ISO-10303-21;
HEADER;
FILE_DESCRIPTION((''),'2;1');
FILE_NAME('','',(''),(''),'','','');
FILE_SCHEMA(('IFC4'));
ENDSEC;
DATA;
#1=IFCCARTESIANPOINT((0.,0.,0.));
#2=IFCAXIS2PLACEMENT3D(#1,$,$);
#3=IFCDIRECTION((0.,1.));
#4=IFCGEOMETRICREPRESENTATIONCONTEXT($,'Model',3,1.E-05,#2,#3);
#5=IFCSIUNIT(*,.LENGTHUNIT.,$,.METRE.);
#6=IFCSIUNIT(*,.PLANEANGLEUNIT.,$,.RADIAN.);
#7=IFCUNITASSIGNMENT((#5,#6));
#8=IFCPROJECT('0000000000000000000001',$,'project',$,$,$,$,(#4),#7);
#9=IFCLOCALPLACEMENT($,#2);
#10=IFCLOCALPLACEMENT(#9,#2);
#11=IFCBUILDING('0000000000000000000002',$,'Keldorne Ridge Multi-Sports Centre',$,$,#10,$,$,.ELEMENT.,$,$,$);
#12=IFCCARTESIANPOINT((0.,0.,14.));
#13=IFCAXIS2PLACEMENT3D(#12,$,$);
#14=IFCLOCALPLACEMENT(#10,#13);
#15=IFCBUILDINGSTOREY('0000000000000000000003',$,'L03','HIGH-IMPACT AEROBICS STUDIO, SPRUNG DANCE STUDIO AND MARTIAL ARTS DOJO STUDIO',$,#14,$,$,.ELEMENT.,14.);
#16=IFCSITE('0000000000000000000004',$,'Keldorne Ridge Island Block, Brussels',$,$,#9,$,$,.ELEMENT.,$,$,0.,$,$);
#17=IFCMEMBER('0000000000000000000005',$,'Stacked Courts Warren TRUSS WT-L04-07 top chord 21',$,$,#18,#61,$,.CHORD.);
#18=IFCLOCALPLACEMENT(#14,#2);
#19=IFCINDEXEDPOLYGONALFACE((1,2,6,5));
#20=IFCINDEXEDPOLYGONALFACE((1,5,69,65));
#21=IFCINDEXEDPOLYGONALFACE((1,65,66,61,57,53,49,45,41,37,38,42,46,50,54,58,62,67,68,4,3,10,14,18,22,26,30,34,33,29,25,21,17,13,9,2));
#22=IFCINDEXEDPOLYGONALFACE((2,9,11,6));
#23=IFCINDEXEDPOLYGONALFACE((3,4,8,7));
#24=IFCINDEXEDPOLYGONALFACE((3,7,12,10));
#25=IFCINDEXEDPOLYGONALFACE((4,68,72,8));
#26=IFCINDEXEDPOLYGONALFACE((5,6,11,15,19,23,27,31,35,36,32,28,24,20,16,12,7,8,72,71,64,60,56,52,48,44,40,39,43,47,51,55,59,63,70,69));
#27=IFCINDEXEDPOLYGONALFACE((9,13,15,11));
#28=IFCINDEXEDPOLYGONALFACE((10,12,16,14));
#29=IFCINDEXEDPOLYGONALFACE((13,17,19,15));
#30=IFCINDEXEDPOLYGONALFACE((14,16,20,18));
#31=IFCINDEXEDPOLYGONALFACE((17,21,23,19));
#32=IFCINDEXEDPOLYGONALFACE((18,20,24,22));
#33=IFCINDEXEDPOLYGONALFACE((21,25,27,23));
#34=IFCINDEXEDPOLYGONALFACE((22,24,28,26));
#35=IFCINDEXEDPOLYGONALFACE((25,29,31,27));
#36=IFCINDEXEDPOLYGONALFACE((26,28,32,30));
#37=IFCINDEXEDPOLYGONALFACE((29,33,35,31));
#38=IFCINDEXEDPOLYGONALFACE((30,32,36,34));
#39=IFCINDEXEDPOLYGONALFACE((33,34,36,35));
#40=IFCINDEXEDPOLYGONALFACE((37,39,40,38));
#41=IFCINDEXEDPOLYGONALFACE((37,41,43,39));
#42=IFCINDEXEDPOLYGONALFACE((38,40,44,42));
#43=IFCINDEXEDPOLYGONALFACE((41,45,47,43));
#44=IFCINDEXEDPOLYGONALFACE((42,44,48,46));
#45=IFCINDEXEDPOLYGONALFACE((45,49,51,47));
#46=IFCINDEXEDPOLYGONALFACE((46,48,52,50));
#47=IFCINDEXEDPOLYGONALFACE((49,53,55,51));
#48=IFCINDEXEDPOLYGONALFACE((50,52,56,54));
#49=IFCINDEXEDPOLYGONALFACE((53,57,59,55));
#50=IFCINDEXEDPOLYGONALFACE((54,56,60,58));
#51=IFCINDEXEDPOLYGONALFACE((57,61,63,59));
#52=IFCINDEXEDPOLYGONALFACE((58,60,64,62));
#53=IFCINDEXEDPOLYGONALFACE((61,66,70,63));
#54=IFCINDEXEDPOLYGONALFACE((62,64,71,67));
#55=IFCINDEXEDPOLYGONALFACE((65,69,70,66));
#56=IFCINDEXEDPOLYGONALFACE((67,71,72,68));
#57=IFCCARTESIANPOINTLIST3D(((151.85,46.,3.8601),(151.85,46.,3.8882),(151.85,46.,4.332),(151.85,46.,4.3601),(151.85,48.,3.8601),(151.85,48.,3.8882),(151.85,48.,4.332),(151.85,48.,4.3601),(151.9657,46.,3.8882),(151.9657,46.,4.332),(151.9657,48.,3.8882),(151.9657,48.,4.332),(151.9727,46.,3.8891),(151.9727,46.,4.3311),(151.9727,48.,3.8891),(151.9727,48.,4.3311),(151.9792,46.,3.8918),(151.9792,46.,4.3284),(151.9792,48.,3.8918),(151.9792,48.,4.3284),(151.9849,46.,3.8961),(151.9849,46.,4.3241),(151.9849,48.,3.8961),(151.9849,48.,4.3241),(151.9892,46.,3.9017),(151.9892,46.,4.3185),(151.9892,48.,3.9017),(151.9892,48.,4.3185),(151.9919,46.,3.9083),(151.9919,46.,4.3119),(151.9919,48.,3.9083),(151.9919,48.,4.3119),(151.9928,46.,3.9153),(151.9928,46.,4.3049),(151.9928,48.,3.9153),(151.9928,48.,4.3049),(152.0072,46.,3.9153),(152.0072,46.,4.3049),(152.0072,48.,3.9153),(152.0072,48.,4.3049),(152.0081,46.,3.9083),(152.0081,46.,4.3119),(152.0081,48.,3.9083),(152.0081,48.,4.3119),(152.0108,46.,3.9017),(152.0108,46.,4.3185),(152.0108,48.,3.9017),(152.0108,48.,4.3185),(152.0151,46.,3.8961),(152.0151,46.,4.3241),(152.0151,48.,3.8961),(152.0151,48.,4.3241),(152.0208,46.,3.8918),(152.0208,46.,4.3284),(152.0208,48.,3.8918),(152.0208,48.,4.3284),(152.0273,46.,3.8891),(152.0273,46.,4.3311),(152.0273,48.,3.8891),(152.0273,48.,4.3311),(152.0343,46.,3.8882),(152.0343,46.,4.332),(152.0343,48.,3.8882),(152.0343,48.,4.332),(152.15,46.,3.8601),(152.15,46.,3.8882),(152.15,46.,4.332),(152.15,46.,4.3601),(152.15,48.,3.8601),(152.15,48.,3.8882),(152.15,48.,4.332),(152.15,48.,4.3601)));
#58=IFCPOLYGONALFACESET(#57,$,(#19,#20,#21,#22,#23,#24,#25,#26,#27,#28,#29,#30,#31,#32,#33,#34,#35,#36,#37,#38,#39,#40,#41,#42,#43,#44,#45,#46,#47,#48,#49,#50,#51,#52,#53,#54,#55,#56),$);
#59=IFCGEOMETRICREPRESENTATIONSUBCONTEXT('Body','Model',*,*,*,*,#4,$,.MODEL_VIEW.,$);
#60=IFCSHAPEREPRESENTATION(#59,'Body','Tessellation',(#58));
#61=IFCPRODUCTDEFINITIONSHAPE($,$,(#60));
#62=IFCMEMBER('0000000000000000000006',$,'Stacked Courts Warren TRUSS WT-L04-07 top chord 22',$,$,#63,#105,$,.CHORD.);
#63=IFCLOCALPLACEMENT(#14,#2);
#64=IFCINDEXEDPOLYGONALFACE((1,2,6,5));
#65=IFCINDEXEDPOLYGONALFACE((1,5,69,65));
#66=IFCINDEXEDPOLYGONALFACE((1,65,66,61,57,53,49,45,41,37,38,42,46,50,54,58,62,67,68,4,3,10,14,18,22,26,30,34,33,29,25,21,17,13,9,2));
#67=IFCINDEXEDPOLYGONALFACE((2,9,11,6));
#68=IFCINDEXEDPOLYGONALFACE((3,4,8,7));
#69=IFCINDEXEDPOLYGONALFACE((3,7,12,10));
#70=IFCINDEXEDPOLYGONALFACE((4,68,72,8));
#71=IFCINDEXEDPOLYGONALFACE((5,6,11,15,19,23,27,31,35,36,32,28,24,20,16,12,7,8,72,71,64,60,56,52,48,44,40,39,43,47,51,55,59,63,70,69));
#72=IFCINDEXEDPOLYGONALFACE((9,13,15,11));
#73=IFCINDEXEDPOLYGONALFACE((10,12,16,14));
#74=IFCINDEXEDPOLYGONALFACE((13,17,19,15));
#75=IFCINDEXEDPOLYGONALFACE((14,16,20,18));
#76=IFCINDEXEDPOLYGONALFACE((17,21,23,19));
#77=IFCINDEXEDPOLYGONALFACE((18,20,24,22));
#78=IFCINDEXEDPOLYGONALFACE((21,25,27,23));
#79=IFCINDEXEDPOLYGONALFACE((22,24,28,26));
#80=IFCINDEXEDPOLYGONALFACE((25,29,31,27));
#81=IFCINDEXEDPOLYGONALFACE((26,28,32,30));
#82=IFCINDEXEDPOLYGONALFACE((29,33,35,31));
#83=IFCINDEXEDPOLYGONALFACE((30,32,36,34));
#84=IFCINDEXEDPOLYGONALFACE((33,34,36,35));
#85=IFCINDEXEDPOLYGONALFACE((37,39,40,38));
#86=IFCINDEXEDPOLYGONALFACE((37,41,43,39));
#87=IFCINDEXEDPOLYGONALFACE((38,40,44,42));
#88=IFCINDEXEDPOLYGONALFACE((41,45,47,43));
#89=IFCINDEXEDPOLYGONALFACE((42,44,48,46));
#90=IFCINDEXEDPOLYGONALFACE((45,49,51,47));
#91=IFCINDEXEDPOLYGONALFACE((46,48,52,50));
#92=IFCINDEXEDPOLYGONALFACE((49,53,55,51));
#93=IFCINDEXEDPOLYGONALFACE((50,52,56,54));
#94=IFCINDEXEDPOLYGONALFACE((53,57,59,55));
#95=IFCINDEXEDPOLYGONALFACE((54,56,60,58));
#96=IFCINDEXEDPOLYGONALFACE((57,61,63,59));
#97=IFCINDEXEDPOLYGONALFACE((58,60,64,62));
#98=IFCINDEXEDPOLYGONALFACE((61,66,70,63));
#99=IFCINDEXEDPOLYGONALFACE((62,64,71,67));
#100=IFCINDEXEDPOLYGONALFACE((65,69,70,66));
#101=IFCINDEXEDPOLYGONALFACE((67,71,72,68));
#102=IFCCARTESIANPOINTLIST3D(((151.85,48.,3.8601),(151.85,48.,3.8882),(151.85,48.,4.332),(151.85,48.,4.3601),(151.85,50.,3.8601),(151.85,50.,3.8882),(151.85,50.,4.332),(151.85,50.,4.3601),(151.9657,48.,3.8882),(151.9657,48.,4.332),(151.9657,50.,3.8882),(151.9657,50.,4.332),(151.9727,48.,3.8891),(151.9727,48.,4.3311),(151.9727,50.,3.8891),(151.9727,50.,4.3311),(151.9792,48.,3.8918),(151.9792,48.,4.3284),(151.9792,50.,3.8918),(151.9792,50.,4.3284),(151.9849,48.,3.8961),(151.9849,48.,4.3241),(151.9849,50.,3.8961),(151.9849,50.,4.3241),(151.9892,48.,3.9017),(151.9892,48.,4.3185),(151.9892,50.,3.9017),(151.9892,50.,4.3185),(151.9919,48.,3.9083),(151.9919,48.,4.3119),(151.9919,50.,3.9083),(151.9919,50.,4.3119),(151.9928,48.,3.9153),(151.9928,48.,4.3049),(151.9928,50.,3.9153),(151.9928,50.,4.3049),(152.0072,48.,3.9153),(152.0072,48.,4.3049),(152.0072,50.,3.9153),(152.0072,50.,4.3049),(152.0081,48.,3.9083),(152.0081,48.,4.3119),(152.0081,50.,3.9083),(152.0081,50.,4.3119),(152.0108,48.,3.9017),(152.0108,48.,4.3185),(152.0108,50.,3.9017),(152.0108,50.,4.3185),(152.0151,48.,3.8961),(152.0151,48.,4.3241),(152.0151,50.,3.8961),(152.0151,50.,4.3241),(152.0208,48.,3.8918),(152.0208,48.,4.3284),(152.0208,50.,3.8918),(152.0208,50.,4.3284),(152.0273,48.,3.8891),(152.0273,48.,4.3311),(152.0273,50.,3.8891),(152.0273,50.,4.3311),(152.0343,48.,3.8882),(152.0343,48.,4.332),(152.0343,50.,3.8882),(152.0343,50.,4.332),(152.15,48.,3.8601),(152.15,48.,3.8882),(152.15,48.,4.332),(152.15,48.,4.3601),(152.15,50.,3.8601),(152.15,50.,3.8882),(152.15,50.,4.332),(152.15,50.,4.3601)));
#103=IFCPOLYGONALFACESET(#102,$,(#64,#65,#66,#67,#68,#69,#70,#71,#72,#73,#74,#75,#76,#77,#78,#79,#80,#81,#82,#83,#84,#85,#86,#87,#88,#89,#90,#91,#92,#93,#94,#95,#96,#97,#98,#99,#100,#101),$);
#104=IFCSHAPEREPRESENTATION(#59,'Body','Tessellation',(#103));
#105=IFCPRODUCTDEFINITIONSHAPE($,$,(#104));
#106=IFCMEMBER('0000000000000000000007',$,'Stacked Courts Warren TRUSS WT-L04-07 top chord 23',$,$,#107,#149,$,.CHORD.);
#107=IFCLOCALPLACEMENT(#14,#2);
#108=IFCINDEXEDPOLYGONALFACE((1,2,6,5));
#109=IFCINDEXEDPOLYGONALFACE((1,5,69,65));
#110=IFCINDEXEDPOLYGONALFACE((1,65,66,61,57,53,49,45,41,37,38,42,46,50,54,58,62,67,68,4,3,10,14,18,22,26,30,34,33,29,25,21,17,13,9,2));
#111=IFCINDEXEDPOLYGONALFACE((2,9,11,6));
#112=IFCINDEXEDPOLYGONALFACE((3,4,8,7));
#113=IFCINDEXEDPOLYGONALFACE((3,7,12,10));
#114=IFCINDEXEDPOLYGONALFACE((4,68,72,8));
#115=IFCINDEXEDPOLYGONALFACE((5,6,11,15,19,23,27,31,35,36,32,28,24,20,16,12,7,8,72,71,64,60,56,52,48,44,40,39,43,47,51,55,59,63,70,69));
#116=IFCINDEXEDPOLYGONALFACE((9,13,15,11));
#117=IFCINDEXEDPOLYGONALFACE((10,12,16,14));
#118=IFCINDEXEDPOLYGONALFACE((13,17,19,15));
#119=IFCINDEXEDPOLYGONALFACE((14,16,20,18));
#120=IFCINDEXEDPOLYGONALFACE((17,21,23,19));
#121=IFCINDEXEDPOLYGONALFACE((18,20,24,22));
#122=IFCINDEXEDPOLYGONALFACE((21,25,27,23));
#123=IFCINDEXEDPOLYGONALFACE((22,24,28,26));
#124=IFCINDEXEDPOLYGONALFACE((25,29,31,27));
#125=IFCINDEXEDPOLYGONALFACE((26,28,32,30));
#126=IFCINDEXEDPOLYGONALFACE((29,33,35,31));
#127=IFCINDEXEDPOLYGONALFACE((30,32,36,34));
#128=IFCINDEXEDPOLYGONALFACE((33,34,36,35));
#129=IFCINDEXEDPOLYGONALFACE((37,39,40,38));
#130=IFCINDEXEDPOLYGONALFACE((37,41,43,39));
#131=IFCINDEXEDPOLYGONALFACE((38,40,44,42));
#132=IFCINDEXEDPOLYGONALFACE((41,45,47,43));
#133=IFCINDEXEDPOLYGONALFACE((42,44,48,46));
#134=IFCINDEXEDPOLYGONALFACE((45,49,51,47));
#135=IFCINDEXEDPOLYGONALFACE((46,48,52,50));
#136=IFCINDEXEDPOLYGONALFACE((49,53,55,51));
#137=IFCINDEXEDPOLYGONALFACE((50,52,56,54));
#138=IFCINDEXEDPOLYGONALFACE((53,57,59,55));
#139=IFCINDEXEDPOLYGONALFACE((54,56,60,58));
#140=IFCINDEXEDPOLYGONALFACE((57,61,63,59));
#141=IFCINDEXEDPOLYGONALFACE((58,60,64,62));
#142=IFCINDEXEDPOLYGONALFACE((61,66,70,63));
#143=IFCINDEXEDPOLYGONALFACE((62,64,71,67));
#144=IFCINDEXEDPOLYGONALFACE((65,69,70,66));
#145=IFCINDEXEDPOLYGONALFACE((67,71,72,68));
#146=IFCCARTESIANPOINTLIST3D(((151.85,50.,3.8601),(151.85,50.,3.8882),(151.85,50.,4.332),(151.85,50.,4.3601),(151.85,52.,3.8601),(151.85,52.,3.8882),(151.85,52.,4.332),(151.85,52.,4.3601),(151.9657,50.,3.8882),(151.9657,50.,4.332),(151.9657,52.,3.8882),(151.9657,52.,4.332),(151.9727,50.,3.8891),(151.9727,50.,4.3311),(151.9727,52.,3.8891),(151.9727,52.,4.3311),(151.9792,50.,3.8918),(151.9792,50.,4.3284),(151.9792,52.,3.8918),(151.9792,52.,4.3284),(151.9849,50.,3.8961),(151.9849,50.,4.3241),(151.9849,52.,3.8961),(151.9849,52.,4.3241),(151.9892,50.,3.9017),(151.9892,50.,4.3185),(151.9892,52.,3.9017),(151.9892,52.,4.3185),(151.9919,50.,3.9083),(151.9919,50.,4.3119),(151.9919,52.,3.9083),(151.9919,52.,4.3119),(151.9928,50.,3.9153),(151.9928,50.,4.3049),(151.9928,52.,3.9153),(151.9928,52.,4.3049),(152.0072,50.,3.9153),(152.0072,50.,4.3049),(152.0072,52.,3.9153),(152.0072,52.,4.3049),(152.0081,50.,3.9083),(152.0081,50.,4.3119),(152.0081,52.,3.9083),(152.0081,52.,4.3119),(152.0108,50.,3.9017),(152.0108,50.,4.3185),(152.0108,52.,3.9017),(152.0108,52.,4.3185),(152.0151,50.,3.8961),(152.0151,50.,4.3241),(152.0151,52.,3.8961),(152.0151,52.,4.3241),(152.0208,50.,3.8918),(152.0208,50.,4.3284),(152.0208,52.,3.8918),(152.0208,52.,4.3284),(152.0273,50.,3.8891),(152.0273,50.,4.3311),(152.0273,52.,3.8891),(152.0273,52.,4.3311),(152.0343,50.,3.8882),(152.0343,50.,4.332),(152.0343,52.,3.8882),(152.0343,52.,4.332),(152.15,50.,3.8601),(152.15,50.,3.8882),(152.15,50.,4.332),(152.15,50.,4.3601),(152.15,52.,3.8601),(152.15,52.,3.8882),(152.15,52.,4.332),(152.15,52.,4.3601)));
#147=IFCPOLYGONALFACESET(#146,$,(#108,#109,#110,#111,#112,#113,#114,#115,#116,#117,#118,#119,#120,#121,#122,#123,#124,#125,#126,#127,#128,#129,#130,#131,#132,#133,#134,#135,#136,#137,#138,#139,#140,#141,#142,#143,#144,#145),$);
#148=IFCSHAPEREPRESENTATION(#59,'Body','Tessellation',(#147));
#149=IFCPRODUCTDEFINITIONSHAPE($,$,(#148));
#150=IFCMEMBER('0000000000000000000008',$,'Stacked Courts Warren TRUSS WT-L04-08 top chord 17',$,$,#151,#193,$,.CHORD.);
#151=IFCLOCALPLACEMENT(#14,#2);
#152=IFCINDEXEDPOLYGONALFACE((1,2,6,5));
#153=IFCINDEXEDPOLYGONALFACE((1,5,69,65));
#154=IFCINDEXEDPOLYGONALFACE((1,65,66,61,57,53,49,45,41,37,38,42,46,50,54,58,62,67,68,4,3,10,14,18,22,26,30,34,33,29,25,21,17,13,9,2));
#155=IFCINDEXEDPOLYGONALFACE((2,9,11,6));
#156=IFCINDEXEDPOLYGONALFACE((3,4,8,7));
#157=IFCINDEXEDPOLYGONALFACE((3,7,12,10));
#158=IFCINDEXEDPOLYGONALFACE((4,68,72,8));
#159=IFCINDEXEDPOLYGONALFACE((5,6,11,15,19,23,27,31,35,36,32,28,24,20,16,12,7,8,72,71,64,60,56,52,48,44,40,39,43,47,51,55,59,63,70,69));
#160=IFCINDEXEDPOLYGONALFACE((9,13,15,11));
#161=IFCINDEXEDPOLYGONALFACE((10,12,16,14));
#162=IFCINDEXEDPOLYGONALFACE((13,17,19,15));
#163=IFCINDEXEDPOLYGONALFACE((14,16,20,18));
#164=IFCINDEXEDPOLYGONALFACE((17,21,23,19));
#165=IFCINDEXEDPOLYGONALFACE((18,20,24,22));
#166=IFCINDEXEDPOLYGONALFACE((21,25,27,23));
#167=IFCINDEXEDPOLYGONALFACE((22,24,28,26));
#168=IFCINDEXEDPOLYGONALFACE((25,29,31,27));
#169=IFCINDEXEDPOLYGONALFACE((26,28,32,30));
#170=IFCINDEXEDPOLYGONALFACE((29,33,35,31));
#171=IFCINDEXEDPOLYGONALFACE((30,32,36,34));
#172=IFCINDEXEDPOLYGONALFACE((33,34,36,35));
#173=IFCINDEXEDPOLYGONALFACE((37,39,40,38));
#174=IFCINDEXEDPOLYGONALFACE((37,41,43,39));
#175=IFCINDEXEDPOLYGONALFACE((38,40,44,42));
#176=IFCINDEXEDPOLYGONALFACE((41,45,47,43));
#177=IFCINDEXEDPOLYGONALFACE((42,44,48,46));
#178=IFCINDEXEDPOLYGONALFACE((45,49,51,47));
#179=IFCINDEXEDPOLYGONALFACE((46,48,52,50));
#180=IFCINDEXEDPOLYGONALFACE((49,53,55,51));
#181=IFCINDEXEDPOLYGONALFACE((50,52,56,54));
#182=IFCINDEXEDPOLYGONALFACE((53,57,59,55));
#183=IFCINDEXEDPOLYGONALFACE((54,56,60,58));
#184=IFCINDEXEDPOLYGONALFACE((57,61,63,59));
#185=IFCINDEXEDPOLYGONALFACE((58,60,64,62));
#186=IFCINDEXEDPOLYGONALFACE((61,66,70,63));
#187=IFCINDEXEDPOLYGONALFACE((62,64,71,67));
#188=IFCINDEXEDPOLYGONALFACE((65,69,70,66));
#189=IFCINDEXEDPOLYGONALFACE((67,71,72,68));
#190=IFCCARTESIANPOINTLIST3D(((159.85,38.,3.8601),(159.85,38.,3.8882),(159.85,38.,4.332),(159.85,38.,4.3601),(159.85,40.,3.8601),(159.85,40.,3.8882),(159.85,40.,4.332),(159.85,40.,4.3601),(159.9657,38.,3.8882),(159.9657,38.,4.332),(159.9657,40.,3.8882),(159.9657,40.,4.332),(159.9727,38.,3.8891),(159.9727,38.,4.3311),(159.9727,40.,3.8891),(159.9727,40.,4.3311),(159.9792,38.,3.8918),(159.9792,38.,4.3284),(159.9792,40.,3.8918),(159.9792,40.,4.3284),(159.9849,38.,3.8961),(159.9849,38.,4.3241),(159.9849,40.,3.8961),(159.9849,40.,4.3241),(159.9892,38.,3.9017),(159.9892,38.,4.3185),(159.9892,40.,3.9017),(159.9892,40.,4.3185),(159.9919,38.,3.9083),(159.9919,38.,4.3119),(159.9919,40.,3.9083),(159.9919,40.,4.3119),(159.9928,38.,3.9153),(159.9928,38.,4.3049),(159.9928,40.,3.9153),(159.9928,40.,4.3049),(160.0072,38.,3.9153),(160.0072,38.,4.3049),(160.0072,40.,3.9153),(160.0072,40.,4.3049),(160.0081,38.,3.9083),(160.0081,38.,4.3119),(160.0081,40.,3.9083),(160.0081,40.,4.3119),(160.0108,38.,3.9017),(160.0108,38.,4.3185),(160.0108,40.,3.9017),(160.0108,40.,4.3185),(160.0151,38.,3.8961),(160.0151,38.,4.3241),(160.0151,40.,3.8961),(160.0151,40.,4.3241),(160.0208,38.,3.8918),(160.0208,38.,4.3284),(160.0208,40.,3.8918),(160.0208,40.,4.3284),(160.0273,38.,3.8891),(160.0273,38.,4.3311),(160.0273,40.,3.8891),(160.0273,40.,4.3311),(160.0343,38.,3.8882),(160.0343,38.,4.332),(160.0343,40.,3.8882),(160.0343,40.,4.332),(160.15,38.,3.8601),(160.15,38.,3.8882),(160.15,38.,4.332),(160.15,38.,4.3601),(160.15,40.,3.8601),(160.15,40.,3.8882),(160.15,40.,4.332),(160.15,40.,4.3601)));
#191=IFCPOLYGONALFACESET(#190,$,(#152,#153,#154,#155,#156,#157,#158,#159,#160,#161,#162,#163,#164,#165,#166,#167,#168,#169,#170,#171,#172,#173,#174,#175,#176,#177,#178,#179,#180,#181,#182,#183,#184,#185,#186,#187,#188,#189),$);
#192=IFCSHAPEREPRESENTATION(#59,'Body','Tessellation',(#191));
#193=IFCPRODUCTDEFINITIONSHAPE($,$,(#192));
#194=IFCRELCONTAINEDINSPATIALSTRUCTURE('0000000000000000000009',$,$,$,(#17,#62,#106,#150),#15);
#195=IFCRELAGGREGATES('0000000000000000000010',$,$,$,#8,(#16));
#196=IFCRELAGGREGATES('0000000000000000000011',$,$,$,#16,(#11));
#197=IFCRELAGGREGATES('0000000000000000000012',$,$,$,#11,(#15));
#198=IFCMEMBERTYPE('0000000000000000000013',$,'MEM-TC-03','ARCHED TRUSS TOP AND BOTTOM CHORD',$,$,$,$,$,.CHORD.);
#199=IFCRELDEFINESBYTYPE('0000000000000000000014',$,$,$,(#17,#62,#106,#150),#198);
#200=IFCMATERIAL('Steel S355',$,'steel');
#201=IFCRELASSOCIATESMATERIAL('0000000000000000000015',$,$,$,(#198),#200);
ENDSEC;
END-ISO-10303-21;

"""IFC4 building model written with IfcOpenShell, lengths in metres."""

from ifc_helpers import new_model, si_unit, direction, frame, origin, origin_2d, place, context, subcontext, project, spatial, i_section, extrude, material, material_profile, profile_set, type_object, element, save


model = new_model("IFC4")

# Units and contexts
model_context = context("Model", 3, precision=1e-05, world=origin(), true_north=direction((0.0, 1.0)))
body_context = subcontext(model_context, "Body", "Model", "MODEL_VIEW")
ifc_project = project(units=[si_unit("LENGTHUNIT", "METRE"), si_unit("PLANEANGLEUNIT", "RADIAN")], contexts=[model_context])

# Site, building, storey
site_placement = place(None, origin())
site = spatial("IfcSite", under=ifc_project, at=site_placement, Name="Keldorne Ridge Island Block, Brussels", CompositionType="ELEMENT", RefElevation=0.0)
building_placement = place(site_placement, origin())
building = spatial("IfcBuilding", under=site, at=building_placement, Name="Keldorne Ridge Multi-Sports Centre", CompositionType="ELEMENT")
storey_placement = place(building_placement, frame((0.0, 0.0, 14.0)))
storey = spatial("IfcBuildingStorey", under=building, at=storey_placement, Name="L03", Description="HIGH-IMPACT AEROBICS STUDIO, SPRUNG DANCE STUDIO AND MARTIAL ARTS DOJO STUDIO", CompositionType="ELEMENT", Elevation=14.0)

# Members
ifc_material = material(Name="Steel S355", Category="steel")
ifc_material_profile_1 = material_profile(ifc_material, i_section(OverallWidth=0.3, OverallDepth=0.5, WebThickness=0.0144, FlangeThickness=0.0281, FilletRadius=0.0271, at=origin_2d()), Name="HEB 500")
ifc_profile_set_1 = profile_set([ifc_material_profile_1], Name="Steel S355")
member_type_1 = type_object("IfcMemberType", Name="MEM-TC-03", Description="ARCHED TRUSS TOP AND BOTTOM CHORD", PredefinedType="CHORD", material=ifc_profile_set_1)
for number, where, z_axis, x_axis, name in (
    (1, (152.0, 46.0, 4.1101), (0.0, 1.0, 0.0), (-1.0, 0.0, 0.0), "Stacked Courts Warren TRUSS WT-L04-07 top chord 21"),
    (2, (152.0, 48.0, 4.1101), (0.0, 1.0, 0.0), (-1.0, 0.0, 0.0), "Stacked Courts Warren TRUSS WT-L04-07 top chord 22"),
    (3, (152.0, 50.0, 4.1101), (0.0, 1.0, 0.0), (-1.0, 0.0, 0.0), "Stacked Courts Warren TRUSS WT-L04-07 top chord 23"),
    (4, (160.0, 38.0, 4.1101), (0.0, 1.0, 0.0), (-1.0, 0.0, 0.0), "Stacked Courts Warren TRUSS WT-L04-08 top chord 17"),
):
    element("IfcMember", number, at=place(storey_placement, frame(where, z_axis=z_axis, x_axis=x_axis)), inside=storey, type_object=member_type_1, Name=name, PredefinedType="CHORD", context=body_context, shape_type="SweptSolid", body=[
        extrude(i_section(OverallWidth=0.3, OverallDepth=0.5, WebThickness=0.0144, FlangeThickness=0.0281, FilletRadius=0.0271, at=origin_2d()), origin(), (0.0, 0.0, 1.0), 2.0),
    ])

save(model, "model.ifc")
